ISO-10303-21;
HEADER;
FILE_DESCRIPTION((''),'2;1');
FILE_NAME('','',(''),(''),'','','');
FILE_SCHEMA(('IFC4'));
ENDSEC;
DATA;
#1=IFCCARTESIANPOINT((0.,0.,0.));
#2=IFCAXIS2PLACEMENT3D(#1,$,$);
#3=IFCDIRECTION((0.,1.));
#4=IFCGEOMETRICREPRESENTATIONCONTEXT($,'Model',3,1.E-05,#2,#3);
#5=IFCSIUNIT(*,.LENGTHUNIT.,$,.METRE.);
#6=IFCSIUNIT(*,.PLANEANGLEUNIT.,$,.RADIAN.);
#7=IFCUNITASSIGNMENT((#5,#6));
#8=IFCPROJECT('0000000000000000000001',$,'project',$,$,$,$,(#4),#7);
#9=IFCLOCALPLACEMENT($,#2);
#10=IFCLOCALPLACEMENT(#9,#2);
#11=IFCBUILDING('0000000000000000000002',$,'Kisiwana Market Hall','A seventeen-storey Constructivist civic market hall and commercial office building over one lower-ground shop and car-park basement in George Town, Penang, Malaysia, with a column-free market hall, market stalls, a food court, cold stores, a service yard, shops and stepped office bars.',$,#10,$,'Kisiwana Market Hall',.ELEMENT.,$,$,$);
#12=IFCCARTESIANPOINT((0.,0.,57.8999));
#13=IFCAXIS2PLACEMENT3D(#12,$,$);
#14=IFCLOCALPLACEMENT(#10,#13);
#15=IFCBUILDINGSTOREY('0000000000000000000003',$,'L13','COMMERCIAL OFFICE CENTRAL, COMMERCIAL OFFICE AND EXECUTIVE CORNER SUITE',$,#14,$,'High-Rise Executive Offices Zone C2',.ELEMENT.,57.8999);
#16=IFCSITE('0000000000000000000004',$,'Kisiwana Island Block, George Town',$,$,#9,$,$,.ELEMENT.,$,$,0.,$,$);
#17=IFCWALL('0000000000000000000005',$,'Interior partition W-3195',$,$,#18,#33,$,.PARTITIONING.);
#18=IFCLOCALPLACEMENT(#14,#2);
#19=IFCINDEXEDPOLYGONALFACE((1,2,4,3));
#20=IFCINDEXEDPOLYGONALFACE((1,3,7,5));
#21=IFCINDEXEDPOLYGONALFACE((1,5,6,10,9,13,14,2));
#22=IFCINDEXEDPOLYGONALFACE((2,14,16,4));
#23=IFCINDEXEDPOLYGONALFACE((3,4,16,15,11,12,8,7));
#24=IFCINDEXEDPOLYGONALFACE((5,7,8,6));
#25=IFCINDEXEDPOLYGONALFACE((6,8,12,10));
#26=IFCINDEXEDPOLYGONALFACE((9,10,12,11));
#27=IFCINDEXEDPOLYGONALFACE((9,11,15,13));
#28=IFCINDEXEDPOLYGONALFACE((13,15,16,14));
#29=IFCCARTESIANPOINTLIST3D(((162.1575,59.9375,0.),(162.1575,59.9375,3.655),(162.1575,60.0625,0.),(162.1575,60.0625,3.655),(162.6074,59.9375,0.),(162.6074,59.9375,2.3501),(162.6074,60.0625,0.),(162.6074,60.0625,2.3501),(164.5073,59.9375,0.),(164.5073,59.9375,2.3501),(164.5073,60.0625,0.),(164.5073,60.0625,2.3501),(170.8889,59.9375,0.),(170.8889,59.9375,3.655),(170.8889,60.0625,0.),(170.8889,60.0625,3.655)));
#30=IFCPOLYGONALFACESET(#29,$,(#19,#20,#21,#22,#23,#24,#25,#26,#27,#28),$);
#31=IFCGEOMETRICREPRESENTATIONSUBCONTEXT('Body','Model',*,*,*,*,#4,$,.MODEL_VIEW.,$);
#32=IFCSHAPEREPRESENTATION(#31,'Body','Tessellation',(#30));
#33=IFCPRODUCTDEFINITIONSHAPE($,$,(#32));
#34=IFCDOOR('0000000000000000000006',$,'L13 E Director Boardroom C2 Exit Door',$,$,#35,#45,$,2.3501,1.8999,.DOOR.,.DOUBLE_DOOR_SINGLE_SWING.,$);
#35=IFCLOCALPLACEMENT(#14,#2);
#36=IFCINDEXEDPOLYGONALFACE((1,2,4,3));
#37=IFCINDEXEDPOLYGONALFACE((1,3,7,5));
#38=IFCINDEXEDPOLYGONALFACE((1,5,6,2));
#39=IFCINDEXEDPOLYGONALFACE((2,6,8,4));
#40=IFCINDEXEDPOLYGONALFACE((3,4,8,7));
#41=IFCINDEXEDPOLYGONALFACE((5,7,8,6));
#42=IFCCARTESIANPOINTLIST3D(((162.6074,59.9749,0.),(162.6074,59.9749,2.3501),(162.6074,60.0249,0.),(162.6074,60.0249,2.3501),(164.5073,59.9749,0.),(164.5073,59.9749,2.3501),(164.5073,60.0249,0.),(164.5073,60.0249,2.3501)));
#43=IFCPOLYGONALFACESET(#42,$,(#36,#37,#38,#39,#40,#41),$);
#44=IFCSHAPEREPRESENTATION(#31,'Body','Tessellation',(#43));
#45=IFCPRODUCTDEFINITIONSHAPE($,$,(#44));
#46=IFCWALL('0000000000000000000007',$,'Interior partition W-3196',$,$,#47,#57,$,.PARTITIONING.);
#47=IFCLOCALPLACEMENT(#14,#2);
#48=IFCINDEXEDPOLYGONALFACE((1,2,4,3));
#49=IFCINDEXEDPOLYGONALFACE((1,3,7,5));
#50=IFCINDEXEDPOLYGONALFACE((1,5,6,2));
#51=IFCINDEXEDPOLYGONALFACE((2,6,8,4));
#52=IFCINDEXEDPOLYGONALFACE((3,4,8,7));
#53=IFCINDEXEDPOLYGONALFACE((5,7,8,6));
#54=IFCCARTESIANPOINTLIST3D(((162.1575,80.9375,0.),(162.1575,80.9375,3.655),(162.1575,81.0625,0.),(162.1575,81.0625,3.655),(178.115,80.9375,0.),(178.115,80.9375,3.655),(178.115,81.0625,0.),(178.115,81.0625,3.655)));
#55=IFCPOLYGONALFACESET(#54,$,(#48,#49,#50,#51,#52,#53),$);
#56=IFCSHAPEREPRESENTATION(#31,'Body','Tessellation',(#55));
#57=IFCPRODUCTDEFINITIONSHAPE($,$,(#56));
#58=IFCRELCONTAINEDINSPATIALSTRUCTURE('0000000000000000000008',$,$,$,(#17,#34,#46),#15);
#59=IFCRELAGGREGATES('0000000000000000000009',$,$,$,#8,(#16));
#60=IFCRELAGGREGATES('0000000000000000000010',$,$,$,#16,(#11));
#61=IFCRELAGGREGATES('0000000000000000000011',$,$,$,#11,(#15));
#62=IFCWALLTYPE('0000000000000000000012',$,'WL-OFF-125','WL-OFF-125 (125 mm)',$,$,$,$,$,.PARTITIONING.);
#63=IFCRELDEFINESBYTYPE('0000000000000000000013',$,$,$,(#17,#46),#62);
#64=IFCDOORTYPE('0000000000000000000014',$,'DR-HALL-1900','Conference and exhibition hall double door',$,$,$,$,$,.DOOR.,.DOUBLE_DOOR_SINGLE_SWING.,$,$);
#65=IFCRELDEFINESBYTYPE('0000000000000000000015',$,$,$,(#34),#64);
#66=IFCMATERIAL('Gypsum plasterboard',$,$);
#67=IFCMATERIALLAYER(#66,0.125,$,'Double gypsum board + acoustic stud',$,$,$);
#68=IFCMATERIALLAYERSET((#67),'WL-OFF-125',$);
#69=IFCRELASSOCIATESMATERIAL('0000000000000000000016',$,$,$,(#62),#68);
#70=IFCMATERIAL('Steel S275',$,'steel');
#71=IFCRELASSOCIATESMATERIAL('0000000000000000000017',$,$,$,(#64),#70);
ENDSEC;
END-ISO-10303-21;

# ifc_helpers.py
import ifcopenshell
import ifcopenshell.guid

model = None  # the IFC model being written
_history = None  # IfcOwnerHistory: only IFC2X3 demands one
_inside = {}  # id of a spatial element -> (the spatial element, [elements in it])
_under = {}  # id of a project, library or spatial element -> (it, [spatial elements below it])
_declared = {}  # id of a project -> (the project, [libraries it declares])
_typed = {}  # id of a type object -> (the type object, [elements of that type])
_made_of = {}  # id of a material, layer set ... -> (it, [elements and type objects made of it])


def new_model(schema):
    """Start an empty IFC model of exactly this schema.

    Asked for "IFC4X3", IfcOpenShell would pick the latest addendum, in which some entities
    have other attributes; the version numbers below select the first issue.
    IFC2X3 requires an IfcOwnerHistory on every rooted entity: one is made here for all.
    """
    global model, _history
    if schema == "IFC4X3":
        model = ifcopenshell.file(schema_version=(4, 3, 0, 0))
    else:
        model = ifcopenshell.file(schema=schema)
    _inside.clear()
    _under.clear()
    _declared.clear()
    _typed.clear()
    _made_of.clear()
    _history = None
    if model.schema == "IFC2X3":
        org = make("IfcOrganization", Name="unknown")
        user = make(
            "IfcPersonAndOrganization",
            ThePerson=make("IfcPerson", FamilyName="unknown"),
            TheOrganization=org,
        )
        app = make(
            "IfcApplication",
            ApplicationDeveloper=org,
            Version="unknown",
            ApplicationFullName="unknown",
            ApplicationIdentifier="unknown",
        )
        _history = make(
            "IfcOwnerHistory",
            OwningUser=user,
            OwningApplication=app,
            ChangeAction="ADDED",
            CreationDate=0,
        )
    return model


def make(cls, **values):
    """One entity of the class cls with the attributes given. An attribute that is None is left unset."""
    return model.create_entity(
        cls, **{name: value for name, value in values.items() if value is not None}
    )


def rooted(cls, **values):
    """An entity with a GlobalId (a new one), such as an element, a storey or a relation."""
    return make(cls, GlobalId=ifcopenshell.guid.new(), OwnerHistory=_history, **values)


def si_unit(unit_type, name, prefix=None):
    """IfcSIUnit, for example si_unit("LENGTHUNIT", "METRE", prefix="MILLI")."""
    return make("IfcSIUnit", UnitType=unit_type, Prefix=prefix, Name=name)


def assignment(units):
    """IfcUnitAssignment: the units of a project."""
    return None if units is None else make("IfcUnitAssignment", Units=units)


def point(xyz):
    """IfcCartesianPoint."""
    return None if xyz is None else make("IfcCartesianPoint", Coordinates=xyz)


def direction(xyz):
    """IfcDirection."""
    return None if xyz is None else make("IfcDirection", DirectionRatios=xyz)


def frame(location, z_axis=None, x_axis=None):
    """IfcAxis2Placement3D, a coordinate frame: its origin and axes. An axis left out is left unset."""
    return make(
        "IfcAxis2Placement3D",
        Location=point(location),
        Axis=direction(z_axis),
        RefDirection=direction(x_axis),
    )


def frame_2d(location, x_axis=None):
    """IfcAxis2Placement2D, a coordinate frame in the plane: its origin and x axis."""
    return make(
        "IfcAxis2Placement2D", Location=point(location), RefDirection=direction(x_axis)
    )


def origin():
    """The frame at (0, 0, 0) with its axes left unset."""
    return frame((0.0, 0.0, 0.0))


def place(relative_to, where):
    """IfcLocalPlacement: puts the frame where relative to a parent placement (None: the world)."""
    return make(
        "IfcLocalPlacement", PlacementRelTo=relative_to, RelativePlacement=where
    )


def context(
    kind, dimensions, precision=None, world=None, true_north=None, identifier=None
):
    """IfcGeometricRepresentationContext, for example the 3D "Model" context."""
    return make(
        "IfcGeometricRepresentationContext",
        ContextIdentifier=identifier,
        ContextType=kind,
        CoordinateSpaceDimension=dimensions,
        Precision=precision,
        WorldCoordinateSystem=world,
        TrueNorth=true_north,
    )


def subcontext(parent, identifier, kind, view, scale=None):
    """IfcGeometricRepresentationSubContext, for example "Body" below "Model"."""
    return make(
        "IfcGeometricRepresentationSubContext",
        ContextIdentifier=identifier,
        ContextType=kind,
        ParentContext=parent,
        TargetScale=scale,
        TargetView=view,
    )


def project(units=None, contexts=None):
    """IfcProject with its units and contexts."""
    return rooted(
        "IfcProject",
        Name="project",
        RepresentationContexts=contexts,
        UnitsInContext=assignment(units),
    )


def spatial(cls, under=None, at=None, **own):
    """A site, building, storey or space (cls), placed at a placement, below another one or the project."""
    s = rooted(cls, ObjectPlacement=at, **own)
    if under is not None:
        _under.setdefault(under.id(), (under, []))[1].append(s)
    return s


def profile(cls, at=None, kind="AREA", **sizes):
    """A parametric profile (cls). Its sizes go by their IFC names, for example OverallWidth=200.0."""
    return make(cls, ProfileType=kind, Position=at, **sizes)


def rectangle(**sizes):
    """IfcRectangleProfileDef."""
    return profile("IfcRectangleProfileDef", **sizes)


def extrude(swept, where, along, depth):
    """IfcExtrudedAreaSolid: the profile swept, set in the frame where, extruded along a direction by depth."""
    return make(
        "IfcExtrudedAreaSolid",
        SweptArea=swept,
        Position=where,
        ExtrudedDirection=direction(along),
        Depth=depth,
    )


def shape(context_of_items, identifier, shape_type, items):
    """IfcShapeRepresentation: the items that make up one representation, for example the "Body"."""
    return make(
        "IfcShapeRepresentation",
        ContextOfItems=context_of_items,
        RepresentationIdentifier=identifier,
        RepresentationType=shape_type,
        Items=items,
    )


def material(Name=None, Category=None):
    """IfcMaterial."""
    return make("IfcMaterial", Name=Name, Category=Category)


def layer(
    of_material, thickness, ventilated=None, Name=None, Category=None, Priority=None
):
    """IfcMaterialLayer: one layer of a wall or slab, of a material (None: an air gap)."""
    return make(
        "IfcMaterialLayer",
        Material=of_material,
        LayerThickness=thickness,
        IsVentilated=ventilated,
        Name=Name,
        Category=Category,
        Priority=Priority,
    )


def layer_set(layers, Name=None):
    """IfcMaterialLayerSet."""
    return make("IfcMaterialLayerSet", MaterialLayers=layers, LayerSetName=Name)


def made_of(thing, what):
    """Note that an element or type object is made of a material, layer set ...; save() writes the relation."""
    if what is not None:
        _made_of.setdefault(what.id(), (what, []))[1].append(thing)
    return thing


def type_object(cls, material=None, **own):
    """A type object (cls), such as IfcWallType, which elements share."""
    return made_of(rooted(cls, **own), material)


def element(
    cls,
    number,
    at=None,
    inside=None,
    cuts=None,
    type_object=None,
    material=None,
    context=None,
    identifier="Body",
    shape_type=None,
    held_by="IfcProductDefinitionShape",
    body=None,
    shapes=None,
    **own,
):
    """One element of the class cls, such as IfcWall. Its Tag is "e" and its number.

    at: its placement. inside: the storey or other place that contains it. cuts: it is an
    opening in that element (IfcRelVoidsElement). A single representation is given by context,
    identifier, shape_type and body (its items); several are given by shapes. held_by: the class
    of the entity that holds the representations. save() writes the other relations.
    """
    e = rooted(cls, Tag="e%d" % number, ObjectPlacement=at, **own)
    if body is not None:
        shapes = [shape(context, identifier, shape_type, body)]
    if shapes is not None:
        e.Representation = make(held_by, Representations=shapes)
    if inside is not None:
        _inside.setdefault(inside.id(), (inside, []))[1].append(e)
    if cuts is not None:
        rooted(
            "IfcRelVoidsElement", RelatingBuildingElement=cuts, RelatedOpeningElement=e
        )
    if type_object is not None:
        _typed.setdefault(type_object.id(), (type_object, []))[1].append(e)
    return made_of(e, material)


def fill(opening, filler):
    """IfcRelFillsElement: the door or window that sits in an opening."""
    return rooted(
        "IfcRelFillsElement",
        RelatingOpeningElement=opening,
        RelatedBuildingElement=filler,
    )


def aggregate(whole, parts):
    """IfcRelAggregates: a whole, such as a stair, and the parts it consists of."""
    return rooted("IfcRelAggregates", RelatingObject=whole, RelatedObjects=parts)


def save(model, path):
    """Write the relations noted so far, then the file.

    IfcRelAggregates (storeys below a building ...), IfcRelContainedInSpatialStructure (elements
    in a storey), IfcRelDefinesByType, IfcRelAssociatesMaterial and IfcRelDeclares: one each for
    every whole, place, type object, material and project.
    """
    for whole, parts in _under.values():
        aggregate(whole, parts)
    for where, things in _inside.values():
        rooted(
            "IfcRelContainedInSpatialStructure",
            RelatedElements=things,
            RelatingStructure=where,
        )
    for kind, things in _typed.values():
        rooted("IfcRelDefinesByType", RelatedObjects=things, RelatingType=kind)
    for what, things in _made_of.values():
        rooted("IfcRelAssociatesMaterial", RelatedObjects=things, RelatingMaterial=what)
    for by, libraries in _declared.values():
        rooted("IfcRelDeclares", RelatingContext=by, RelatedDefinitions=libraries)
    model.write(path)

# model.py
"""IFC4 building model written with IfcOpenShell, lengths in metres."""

from ifc_helpers import new_model, si_unit, direction, frame, frame_2d, origin, place, context, subcontext, project, spatial, rectangle, extrude, material, layer, layer_set, type_object, element, fill, save


model = new_model("IFC4")

# Units and contexts
model_context = context("Model", 3, precision=1e-05, world=origin(), true_north=direction((0.0, 1.0)))
body_context = subcontext(model_context, "Body", "Model", "MODEL_VIEW")
ifc_project = project(units=[si_unit("LENGTHUNIT", "METRE"), si_unit("PLANEANGLEUNIT", "RADIAN")], contexts=[model_context])

# Site, building, storey
site_placement = place(None, origin())
site = spatial("IfcSite", under=ifc_project, at=site_placement, Name="Kisiwana Island Block, George Town", CompositionType="ELEMENT", RefElevation=0.0)
building_placement = place(site_placement, origin())
building = spatial("IfcBuilding", under=site, at=building_placement, Name="Kisiwana Market Hall", Description="A seventeen-storey Constructivist civic market hall and commercial office building over one lower-ground shop and car-park basement in George Town, Penang, Malaysia, with a column-free market hall, market stalls, a food court, cold stores, a service yard, shops and stepped office bars.", LongName="Kisiwana Market Hall", CompositionType="ELEMENT")
storey_placement = place(building_placement, frame((0.0, 0.0, 57.8999)))
storey = spatial("IfcBuildingStorey", under=building, at=storey_placement, Name="L13", Description="COMMERCIAL OFFICE CENTRAL, COMMERCIAL OFFICE AND EXECUTIVE CORNER SUITE", LongName="High-Rise Executive Offices Zone C2", CompositionType="ELEMENT", Elevation=57.8999)

# Wall, opening, door
ifc_material_1 = material(Name="Gypsum plasterboard")
ifc_layer_1 = layer(ifc_material_1, 0.125, Name="Double gypsum board + acoustic stud")
ifc_layer_set_1 = layer_set([ifc_layer_1], Name="WL-OFF-125")
wall_type_1 = type_object("IfcWallType", Name="WL-OFF-125", Description="WL-OFF-125 (125 mm)", PredefinedType="PARTITIONING", material=ifc_layer_set_1)
ifc_material_2 = material(Name="Steel S275", Category="steel")
door_type = type_object("IfcDoorType", Name="DR-HALL-1900", Description="Conference and exhibition hall double door", OperationType="DOUBLE_DOOR_SINGLE_SWING", PredefinedType="DOOR", material=ifc_material_2)
wall_1_placement = place(storey_placement, frame((162.1575, 60.0, 0.0), z_axis=(0.0, 0.0, 1.0), x_axis=(1.0, 0.0, 0.0)))
wall_1 = element("IfcWall", 1, at=wall_1_placement, inside=storey, type_object=wall_type_1, Name="Interior partition W-3195", PredefinedType="PARTITIONING", context=body_context, shape_type="SweptSolid", body=[
    extrude(rectangle(XDim=8.7314, YDim=0.125, at=frame_2d((4.3657, 0.0))), origin(), (0.0, 0.0, 1.0), 3.655),
])
opening_1_placement = place(wall_1_placement, frame((0.45, 0.0, 0.0)))
opening_1 = element("IfcOpeningElement", 2, at=opening_1_placement, cuts=wall_1, PredefinedType="OPENING", context=body_context, shape_type="SweptSolid", body=[
    extrude(rectangle(XDim=1.8999, YDim=2.3501, at=frame_2d((0.95, 1.175))), frame((0.0, 0.0745, 0.0), z_axis=(0.0, -1.0, 0.0), x_axis=(1.0, 0.0, 0.0)), (0.0, 0.0, 1.0), 0.1489),
])
door_1_placement = place(opening_1_placement, origin())
door_1 = element("IfcDoor", 3, at=door_1_placement, inside=storey, type_object=door_type, Name="L13 E Director Boardroom C2 Exit Door", OperationType="DOUBLE_DOOR_SINGLE_SWING", OverallHeight=2.3501, OverallWidth=1.8999, PredefinedType="DOOR", context=body_context, shape_type="SweptSolid", body=[
    extrude(rectangle(XDim=1.8999, YDim=2.3501, at=frame_2d((0.95, 1.175))), frame((0.0, 0.0249, 0.0), z_axis=(0.0, -1.0, 0.0), x_axis=(1.0, 0.0, 0.0)), (0.0, 0.0, 1.0), 0.05),
])
fill(opening_1, door_1)

# Wall
wall_2_placement = place(storey_placement, frame((162.1575, 81.0, 0.0), z_axis=(0.0, 0.0, 1.0), x_axis=(1.0, 0.0, 0.0)))
element("IfcWall", 4, at=wall_2_placement, inside=storey, type_object=wall_type_1, Name="Interior partition W-3196", PredefinedType="PARTITIONING", context=body_context, shape_type="SweptSolid", body=[
    extrude(rectangle(XDim=15.9575, YDim=0.125, at=frame_2d((7.9788, 0.0))), origin(), (0.0, 0.0, 1.0), 3.655),
])

save(model, "model.ifc")
